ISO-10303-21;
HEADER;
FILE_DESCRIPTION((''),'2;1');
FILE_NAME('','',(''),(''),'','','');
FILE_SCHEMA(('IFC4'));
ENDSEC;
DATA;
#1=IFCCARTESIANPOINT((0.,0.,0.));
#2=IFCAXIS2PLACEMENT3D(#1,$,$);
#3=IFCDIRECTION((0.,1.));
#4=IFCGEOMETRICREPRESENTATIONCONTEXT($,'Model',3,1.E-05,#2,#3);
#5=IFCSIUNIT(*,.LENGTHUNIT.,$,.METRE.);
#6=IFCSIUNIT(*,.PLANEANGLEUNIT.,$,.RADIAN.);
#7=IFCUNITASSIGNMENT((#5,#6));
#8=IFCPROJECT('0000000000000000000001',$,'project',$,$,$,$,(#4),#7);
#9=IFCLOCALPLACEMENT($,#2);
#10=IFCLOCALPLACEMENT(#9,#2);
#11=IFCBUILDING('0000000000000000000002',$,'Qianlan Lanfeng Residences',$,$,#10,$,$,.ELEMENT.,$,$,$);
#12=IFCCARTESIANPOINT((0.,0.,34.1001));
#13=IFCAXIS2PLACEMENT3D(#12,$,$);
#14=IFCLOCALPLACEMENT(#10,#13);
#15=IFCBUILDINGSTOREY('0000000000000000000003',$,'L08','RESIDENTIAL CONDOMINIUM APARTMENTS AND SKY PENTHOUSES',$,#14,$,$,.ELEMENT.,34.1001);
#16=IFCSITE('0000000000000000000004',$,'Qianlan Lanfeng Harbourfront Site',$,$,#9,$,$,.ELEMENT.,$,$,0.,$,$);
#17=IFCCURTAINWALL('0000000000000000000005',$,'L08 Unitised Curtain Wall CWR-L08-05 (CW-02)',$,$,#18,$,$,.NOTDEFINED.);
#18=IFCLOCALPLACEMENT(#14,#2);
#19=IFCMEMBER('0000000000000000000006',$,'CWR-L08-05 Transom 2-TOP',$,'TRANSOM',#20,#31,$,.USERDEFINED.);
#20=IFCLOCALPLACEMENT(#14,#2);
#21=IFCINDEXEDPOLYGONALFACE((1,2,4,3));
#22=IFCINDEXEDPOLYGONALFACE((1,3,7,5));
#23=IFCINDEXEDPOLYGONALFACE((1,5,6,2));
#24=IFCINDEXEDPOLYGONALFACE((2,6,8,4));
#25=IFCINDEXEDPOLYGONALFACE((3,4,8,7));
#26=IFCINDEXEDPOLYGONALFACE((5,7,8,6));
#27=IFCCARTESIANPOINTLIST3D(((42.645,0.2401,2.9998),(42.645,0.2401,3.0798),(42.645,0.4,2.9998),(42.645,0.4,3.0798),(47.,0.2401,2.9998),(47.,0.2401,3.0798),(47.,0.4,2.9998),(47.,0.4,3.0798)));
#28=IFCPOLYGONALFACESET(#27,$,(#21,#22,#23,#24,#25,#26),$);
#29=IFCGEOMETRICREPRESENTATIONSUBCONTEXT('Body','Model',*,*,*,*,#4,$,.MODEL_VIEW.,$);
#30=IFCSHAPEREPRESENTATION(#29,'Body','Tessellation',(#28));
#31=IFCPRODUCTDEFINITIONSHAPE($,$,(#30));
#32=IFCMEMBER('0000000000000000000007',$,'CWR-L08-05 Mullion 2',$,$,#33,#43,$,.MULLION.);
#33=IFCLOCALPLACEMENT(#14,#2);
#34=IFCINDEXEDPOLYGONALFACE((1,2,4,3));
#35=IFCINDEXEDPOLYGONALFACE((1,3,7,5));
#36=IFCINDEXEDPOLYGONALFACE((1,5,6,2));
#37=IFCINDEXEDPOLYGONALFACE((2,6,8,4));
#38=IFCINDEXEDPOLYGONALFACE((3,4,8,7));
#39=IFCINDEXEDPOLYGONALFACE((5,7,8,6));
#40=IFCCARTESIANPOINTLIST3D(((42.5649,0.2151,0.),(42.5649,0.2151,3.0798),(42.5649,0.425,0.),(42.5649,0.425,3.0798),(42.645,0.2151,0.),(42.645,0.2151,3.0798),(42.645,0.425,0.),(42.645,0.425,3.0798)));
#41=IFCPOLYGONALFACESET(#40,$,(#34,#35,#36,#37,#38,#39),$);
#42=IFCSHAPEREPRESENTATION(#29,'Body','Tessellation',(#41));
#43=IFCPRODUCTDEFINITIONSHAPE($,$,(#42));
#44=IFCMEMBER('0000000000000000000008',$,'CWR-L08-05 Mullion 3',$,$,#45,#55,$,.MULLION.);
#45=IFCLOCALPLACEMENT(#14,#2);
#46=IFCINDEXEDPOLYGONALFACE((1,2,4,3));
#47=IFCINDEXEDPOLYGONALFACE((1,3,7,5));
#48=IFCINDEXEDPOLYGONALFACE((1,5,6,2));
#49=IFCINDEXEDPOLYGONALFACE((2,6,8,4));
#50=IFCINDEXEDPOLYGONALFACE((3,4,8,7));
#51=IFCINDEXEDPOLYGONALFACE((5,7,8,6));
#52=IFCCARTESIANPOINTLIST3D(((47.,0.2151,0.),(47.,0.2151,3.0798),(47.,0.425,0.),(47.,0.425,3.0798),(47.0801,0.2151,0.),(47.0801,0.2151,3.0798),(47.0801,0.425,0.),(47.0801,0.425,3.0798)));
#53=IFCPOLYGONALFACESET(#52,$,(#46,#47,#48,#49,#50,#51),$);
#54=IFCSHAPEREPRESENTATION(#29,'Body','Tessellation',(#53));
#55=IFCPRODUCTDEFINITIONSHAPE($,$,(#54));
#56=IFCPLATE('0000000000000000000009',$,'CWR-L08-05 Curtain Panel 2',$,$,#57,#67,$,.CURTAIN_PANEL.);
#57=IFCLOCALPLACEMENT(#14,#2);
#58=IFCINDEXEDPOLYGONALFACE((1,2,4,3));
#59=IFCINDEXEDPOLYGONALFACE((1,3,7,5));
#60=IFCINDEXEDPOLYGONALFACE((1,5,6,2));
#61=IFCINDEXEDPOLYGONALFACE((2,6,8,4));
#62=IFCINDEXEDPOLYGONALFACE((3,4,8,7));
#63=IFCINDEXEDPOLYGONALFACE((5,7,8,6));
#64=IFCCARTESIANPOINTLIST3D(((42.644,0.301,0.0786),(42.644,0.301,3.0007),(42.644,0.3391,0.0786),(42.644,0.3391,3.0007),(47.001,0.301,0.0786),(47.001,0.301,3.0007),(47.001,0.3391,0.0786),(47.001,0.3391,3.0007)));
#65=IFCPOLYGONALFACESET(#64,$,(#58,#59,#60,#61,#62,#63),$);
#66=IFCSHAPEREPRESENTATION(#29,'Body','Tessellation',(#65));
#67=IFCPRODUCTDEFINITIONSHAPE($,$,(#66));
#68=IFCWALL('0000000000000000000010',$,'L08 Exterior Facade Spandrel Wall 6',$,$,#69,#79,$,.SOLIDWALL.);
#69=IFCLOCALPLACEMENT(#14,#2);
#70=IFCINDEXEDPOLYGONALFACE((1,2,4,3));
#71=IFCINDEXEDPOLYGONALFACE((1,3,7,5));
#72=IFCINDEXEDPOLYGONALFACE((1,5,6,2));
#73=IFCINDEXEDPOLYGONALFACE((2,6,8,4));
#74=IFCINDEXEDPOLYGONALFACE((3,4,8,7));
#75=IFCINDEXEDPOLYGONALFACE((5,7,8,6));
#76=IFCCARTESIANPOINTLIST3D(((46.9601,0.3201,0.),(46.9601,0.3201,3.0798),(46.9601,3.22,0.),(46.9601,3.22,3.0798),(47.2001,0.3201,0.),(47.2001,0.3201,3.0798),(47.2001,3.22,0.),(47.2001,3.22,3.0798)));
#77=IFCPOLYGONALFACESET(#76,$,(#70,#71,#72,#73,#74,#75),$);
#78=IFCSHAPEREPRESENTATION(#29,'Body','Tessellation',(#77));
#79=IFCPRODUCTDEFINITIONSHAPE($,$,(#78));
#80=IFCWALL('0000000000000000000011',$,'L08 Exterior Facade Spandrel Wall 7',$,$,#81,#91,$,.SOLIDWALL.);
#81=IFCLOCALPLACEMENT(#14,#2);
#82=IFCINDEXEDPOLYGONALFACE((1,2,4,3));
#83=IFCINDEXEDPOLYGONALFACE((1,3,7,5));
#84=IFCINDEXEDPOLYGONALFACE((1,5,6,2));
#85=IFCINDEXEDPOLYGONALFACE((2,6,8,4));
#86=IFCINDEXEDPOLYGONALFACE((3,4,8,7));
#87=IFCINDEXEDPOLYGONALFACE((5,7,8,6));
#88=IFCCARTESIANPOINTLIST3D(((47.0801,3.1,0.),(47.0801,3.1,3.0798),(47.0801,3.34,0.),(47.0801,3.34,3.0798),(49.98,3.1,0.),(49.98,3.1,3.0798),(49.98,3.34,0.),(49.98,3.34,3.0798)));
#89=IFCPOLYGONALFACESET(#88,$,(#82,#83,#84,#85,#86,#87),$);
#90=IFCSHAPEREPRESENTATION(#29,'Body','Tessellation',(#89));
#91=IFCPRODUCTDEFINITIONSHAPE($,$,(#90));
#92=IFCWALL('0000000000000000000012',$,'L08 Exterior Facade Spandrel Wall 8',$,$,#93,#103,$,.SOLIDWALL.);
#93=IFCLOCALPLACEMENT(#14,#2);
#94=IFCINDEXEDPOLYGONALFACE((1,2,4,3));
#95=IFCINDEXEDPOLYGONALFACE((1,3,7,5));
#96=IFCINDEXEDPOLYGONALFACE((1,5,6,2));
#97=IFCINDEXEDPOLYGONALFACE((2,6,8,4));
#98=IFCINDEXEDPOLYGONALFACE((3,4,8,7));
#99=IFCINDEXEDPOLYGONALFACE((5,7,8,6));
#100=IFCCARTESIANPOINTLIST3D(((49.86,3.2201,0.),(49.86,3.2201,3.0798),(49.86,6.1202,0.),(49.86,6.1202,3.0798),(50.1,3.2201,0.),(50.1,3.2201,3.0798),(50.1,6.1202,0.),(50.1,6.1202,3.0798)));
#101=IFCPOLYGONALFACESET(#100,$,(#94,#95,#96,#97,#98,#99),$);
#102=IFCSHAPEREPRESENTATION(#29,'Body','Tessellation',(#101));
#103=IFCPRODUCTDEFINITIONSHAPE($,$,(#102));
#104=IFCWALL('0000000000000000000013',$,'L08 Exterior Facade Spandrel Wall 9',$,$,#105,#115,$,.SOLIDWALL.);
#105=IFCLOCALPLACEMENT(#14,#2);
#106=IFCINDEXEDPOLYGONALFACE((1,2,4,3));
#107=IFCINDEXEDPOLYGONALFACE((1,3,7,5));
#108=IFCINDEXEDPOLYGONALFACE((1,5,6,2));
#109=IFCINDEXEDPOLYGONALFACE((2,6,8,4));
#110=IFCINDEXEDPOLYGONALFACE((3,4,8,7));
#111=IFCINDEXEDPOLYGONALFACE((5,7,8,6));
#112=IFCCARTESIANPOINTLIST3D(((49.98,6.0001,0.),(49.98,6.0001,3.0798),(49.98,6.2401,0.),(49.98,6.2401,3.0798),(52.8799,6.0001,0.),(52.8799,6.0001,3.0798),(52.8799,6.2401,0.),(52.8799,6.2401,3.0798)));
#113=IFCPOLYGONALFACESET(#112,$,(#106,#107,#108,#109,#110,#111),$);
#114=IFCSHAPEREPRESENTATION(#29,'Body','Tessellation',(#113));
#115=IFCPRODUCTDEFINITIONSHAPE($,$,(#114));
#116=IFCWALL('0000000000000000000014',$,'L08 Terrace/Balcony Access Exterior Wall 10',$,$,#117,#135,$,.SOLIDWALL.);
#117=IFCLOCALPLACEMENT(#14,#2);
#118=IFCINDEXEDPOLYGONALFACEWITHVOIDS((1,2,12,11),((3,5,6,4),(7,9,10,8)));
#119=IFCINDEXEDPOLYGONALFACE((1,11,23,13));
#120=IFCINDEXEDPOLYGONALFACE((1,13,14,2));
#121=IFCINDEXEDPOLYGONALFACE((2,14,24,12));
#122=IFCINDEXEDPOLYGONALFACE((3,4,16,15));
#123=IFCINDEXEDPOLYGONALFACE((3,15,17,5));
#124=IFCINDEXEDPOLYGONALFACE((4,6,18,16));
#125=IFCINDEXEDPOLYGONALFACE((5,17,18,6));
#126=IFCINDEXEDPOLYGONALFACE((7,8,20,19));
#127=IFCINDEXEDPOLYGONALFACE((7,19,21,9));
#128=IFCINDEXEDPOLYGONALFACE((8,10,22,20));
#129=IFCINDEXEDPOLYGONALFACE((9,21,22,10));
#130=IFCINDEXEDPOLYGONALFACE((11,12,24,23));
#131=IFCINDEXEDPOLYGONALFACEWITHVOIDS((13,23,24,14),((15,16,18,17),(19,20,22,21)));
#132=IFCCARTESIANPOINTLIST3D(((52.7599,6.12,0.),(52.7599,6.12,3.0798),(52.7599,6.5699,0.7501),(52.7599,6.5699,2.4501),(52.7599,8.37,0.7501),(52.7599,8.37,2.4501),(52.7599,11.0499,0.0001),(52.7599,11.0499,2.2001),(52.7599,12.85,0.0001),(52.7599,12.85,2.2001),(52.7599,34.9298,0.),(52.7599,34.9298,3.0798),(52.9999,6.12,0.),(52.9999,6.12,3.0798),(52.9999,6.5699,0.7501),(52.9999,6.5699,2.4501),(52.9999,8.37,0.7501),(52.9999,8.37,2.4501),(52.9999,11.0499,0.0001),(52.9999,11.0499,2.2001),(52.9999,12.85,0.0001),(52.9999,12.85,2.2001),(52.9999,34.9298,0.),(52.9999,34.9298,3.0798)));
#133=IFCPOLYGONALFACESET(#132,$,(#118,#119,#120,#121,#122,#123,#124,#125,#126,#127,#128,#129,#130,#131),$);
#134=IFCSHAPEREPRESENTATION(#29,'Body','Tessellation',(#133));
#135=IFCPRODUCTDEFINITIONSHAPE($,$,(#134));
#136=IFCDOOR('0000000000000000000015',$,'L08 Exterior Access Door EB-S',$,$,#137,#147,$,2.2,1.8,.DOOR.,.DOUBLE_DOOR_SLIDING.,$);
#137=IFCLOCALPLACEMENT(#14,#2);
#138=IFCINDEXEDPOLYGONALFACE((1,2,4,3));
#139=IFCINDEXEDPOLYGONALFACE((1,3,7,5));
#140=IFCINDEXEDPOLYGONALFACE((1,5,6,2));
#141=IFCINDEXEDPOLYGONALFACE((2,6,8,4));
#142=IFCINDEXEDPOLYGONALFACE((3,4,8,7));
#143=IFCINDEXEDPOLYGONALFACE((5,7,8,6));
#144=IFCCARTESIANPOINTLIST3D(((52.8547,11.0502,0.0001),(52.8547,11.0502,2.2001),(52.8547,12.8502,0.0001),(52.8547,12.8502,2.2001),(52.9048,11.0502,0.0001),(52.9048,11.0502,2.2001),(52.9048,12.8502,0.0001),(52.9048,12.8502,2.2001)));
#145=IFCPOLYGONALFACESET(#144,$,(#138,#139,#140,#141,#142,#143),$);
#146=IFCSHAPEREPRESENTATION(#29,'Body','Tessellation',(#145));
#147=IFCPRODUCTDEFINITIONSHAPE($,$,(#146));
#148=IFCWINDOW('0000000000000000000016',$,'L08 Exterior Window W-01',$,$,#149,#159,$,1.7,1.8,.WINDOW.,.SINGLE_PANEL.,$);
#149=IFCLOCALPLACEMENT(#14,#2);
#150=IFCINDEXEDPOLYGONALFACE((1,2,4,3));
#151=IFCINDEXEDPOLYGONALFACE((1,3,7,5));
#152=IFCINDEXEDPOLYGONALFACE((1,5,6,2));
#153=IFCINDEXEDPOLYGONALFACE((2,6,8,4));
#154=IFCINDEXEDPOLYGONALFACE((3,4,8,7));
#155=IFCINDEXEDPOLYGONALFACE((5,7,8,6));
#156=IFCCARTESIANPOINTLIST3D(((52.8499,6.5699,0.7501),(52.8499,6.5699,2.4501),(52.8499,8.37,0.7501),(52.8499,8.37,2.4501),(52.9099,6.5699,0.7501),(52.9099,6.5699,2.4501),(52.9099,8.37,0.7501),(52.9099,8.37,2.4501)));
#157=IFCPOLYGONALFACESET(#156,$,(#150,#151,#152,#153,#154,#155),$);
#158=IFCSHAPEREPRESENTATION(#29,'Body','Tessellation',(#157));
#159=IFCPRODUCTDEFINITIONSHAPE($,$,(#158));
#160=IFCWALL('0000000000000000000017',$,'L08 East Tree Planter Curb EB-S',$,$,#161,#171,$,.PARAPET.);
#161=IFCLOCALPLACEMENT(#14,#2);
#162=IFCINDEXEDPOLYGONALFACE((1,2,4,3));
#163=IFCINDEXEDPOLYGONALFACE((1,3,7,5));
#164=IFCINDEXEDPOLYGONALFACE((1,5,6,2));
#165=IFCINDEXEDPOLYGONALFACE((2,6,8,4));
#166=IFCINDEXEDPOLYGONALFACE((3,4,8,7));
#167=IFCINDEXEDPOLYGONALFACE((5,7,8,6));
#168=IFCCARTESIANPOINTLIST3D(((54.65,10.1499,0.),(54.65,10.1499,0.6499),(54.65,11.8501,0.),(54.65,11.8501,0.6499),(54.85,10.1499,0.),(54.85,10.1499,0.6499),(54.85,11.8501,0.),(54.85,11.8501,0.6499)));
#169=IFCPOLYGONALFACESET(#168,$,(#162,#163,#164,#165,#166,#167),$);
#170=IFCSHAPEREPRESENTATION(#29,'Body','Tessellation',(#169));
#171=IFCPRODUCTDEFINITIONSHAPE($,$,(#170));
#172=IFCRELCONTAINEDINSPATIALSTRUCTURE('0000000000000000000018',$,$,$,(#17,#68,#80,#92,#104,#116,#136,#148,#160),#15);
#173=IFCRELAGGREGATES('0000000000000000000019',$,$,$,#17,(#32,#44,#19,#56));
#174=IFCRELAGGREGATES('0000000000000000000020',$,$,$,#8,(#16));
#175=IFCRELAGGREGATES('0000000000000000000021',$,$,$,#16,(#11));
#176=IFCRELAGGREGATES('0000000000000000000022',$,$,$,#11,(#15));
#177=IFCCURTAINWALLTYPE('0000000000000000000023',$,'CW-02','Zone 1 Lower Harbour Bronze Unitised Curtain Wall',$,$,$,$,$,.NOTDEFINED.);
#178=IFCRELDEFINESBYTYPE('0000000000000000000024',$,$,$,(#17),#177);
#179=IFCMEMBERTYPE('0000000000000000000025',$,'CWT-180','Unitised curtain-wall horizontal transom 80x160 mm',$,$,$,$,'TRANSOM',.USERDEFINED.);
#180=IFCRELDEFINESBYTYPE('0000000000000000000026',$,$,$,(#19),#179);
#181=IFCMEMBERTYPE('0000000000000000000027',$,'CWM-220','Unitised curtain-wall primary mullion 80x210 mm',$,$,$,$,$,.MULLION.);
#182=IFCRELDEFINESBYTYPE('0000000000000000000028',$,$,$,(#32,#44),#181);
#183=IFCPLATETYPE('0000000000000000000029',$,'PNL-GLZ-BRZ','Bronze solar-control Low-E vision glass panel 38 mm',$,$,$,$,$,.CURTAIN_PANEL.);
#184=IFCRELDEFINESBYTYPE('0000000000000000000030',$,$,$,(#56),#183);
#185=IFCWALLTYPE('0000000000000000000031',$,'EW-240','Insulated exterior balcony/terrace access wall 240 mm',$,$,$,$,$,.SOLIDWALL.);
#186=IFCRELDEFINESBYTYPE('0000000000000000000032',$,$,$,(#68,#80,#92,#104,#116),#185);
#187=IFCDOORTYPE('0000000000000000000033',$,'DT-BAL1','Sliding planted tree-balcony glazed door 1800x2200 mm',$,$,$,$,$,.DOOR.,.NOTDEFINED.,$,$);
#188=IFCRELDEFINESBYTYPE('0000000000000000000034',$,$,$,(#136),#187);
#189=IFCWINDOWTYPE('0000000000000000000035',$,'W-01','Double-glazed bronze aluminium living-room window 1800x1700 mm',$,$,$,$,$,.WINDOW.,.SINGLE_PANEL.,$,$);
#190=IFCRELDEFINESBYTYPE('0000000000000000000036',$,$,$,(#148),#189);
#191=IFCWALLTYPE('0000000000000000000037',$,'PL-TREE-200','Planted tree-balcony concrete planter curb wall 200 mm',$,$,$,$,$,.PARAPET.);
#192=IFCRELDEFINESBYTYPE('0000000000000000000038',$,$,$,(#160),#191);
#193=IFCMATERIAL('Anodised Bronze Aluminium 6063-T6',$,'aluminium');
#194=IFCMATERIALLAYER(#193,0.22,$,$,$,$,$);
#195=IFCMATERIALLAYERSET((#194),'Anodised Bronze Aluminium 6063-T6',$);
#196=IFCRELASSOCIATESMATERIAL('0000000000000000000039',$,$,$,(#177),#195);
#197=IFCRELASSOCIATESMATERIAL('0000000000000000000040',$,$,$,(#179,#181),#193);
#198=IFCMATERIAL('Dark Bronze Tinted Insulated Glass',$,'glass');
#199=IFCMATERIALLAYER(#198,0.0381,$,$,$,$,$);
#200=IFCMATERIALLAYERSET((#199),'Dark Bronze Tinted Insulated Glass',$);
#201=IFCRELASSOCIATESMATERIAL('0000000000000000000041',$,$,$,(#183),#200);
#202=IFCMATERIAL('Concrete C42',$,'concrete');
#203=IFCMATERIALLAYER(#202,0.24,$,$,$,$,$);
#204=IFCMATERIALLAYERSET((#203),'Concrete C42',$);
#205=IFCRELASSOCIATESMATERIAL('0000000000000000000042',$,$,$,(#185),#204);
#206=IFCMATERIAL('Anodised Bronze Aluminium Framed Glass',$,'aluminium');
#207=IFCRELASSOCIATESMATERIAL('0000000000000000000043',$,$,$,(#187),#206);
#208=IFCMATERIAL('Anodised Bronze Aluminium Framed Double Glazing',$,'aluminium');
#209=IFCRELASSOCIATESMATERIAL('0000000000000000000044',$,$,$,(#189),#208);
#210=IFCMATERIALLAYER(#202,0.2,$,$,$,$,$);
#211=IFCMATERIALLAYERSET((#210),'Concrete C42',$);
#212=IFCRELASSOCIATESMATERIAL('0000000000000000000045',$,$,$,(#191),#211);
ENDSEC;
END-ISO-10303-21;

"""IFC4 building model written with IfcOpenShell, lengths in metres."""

from ifc_helpers import new_model, si_unit, direction, frame, frame_2d, origin, origin_2d, place, context, subcontext, project, spatial, rectangle, extrude, source, transform, mapped, material, layer, layer_set, material_profile, profile_set, type_object, element, fill, aggregate, save


model = new_model("IFC4")

# Units and contexts
model_context = context("Model", 3, precision=1e-05, world=origin(), true_north=direction((0.0, 1.0)))
body_context = subcontext(model_context, "Body", "Model", "MODEL_VIEW")
ifc_project = project(units=[si_unit("LENGTHUNIT", "METRE"), si_unit("PLANEANGLEUNIT", "RADIAN")], contexts=[model_context])

# Site, building, storey
site_placement = place(None, origin())
site = spatial("IfcSite", under=ifc_project, at=site_placement, Name="Qianlan Lanfeng Harbourfront Site", CompositionType="ELEMENT", RefElevation=0.0)
building_placement = place(site_placement, origin())
building = spatial("IfcBuilding", under=site, at=building_placement, Name="Qianlan Lanfeng Residences", CompositionType="ELEMENT")
storey_placement = place(building_placement, frame((0.0, 0.0, 34.1001)))
storey = spatial("IfcBuildingStorey", under=building, at=storey_placement, Name="L08", Description="RESIDENTIAL CONDOMINIUM APARTMENTS AND SKY PENTHOUSES", CompositionType="ELEMENT", Elevation=34.1001)

# Curtain wall, members, plate
ifc_material_1 = material(Name="Anodised Bronze Aluminium 6063-T6", Category="aluminium")
ifc_layer_1 = layer(ifc_material_1, 0.22)
ifc_layer_set_1 = layer_set([ifc_layer_1], Name="Anodised Bronze Aluminium 6063-T6")
curtain_wall_type = type_object("IfcCurtainWallType", Name="CW-02", Description="Zone 1 Lower Harbour Bronze Unitised Curtain Wall", PredefinedType="NOTDEFINED", material=ifc_layer_set_1)
curtain_wall_placement = place(storey_placement, origin())
curtain_wall = element("IfcCurtainWall", 1, at=curtain_wall_placement, inside=storey, type_object=curtain_wall_type, Name="L08 Unitised Curtain Wall CWR-L08-05 (CW-02)", PredefinedType="NOTDEFINED")
ifc_material_profile_1 = material_profile(ifc_material_1, rectangle(XDim=0.0801, YDim=0.1599, at=origin_2d()), Name="ALU TRANSOM 80x160")
ifc_profile_set_1 = profile_set([ifc_material_profile_1], Name="Anodised Bronze Aluminium 6063-T6")
member_type_1 = type_object("IfcMemberType", Name="CWT-180", Description="Unitised curtain-wall horizontal transom 80x160 mm", ElementType="TRANSOM", PredefinedType="USERDEFINED", material=ifc_profile_set_1)
shared_shape_1 = source(origin(), body_context, "Body", "SweptSolid", [
    extrude(rectangle(XDim=0.0801, YDim=0.1599, at=origin_2d()), origin(), (0.0, 0.0, 1.0), 4.355),
])
member_1_placement = place(storey_placement, frame((42.645, 0.3201, 3.0398), z_axis=(1.0, 0.0, 0.0), x_axis=(0.0, 0.0, 1.0)))
member_1 = element("IfcMember", 2, at=member_1_placement, type_object=member_type_1, Name="CWR-L08-05 Transom 2-TOP", ObjectType="TRANSOM", PredefinedType="USERDEFINED", context=body_context, shape_type="MappedRepresentation", body=[
    mapped(shared_shape_1, transform((0.0, 0.0, 0.0), scale=1.0)),
])
ifc_material_profile_2 = material_profile(ifc_material_1, rectangle(XDim=0.0801, YDim=0.21, at=origin_2d()), Name="ALU MULLION 80x210")
ifc_profile_set_2 = profile_set([ifc_material_profile_2], Name="Anodised Bronze Aluminium 6063-T6")
member_type_2 = type_object("IfcMemberType", Name="CWM-220", Description="Unitised curtain-wall primary mullion 80x210 mm", PredefinedType="MULLION", material=ifc_profile_set_2)
shared_shape_2 = source(origin(), body_context, "Body", "SweptSolid", [
    extrude(rectangle(XDim=0.0801, YDim=0.21, at=origin_2d()), origin(), (0.0, 0.0, 1.0), 3.0798),
])
member_2_placement = place(storey_placement, frame((42.605, 0.3201, 0.0), z_axis=(0.0, 0.0, 1.0), x_axis=(1.0, 0.0, 0.0)))
member_2 = element("IfcMember", 3, at=member_2_placement, type_object=member_type_2, Name="CWR-L08-05 Mullion 2", PredefinedType="MULLION", context=body_context, shape_type="MappedRepresentation", body=[
    mapped(shared_shape_2, transform((0.0, 0.0, 0.0), scale=1.0)),
])
member_3_placement = place(storey_placement, frame((47.04, 0.3201, 0.0), z_axis=(0.0, 0.0, 1.0), x_axis=(1.0, 0.0, 0.0)))
member_3 = element("IfcMember", 4, at=member_3_placement, type_object=member_type_2, Name="CWR-L08-05 Mullion 3", PredefinedType="MULLION", context=body_context, shape_type="MappedRepresentation", body=[
    mapped(shared_shape_2, transform((0.0, 0.0, 0.0), scale=1.0)),
])
ifc_material_2 = material(Name="Dark Bronze Tinted Insulated Glass", Category="glass")
ifc_layer_2 = layer(ifc_material_2, 0.0381)
ifc_layer_set_2 = layer_set([ifc_layer_2], Name="Dark Bronze Tinted Insulated Glass")
plate_type = type_object("IfcPlateType", Name="PNL-GLZ-BRZ", Description="Bronze solar-control Low-E vision glass panel 38 mm", PredefinedType="CURTAIN_PANEL", material=ifc_layer_set_2)
shared_shape_3 = source(origin(), body_context, "Body", "SweptSolid", [
    extrude(rectangle(XDim=4.3569, YDim=0.0381, at=origin_2d()), origin(), (0.0, 0.0, 1.0), 2.9221),
])
plate_placement = place(storey_placement, frame((44.8225, 0.3201, 0.0786), z_axis=(0.0, 0.0, 1.0), x_axis=(1.0, 0.0, 0.0)))
plate = element("IfcPlate", 5, at=plate_placement, type_object=plate_type, Name="CWR-L08-05 Curtain Panel 2", PredefinedType="CURTAIN_PANEL", context=body_context, shape_type="MappedRepresentation", body=[
    mapped(shared_shape_3, transform((0.0, 0.0, 0.0), scale=1.0)),
])
aggregate(curtain_wall, [member_2, member_3, member_1, plate])

# Walls
ifc_material_3 = material(Name="Concrete C42", Category="concrete")
ifc_layer_3 = layer(ifc_material_3, 0.24)
ifc_layer_set_3 = layer_set([ifc_layer_3], Name="Concrete C42")
wall_type_1 = type_object("IfcWallType", Name="EW-240", Description="Insulated exterior balcony/terrace access wall 240 mm", PredefinedType="SOLIDWALL", material=ifc_layer_set_3)
for number, where, z_axis, x_axis, name in (
    (6, (47.0801, 0.3201, 0.0), (0.0, 0.0, 1.0), (0.0, 1.0, 0.0), "L08 Exterior Facade Spandrel Wall 6"),
    (7, (47.0801, 3.22, 0.0), (0.0, 0.0, 1.0), (1.0, 0.0, 0.0), "L08 Exterior Facade Spandrel Wall 7"),
):
    element("IfcWall", number, at=place(storey_placement, frame(where, z_axis=z_axis, x_axis=x_axis)), inside=storey, type_object=wall_type_1, Name=name, PredefinedType="SOLIDWALL", context=body_context, shape_type="SweptSolid", body=[
        extrude(rectangle(XDim=2.8999, YDim=0.24, at=frame_2d((1.45, 0.0))), origin(), (0.0, 0.0, 1.0), 3.0798),
    ])
wall_1_placement = place(storey_placement, frame((49.98, 3.22, 0.0), z_axis=(0.0, 0.0, 1.0), x_axis=(0.0, 1.0, 0.0)))
element("IfcWall", 8, at=wall_1_placement, inside=storey, type_object=wall_type_1, Name="L08 Exterior Facade Spandrel Wall 8", PredefinedType="SOLIDWALL", context=body_context, shape_type="SweptSolid", body=[
    extrude(rectangle(XDim=2.9001, YDim=0.24, at=frame_2d((1.4502, 0.0))), origin(), (0.0, 0.0, 1.0), 3.0798),
])
wall_2_placement = place(storey_placement, frame((49.98, 6.1201, 0.0), z_axis=(0.0, 0.0, 1.0), x_axis=(1.0, 0.0, 0.0)))
element("IfcWall", 9, at=wall_2_placement, inside=storey, type_object=wall_type_1, Name="L08 Exterior Facade Spandrel Wall 9", PredefinedType="SOLIDWALL", context=body_context, shape_type="SweptSolid", body=[
    extrude(rectangle(XDim=2.8999, YDim=0.24, at=frame_2d((1.45, 0.0))), origin(), (0.0, 0.0, 1.0), 3.0798),
])

# Wall, openings, door, window
wall_3_placement = place(storey_placement, frame((52.8799, 6.1201, 0.0), z_axis=(0.0, 0.0, 1.0), x_axis=(0.0, 1.0, 0.0)))
wall_3 = element("IfcWall", 10, at=wall_3_placement, inside=storey, type_object=wall_type_1, Name="L08 Terrace/Balcony Access Exterior Wall 10", PredefinedType="SOLIDWALL", context=body_context, shape_type="SweptSolid", body=[
    extrude(rectangle(XDim=28.8098, YDim=0.24, at=frame_2d((14.4048, 0.0))), origin(), (0.0, 0.0, 1.0), 3.0798),
])
opening_1_placement = place(wall_3_placement, frame((4.9299, 0.0, 0.0)))
opening_1 = element("IfcOpeningElement", 11, at=opening_1_placement, cuts=wall_3, PredefinedType="OPENING", context=body_context, shape_type="SweptSolid", body=[
    extrude(rectangle(XDim=1.8, YDim=2.2, at=frame_2d((0.8999, 1.1001))), frame((0.0, 0.1299, 0.0), z_axis=(0.0, -1.0, 0.0), x_axis=(1.0, 0.0, 0.0)), (0.0, 0.0, 1.0), 0.26),
])
opening_2_placement = place(wall_3_placement, frame((0.45, 0.0, 0.75)))
opening_2 = element("IfcOpeningElement", 12, at=opening_2_placement, cuts=wall_3, PredefinedType="OPENING", context=body_context, shape_type="SweptSolid", body=[
    extrude(rectangle(XDim=1.8, YDim=1.7, at=frame_2d((0.8999, 0.8501))), frame((0.0, 0.1299, 0.0), z_axis=(0.0, -1.0, 0.0), x_axis=(1.0, 0.0, 0.0)), (0.0, 0.0, 1.0), 0.26),
])
ifc_material_4 = material(Name="Anodised Bronze Aluminium Framed Glass", Category="aluminium")
door_type = type_object("IfcDoorType", Name="DT-BAL1", Description="Sliding planted tree-balcony glazed door 1800x2200 mm", OperationType="NOTDEFINED", PredefinedType="DOOR", material=ifc_material_4)
door_placement = place(opening_1_placement, frame((1.8, 0.0, 0.0), z_axis=(0.0, 0.0, 1.0), x_axis=(-1.0, 0.0, 0.0)))
door = element("IfcDoor", 13, at=door_placement, inside=storey, type_object=door_type, Name="L08 Exterior Access Door EB-S", OperationType="DOUBLE_DOOR_SLIDING", OverallHeight=2.2, OverallWidth=1.8, PredefinedType="DOOR", context=body_context, shape_type="SweptSolid", body=[
    extrude(rectangle(XDim=1.8, YDim=2.2, at=frame_2d((0.8999, 1.1001))), frame((0.0, 0.0249, 0.0), z_axis=(0.0, -1.0, 0.0), x_axis=(1.0, 0.0, 0.0)), (0.0, 0.0, 1.0), 0.05),
])
fill(opening_1, door)
ifc_material_5 = material(Name="Anodised Bronze Aluminium Framed Double Glazing", Category="aluminium")
window_type = type_object("IfcWindowType", Name="W-01", Description="Double-glazed bronze aluminium living-room window 1800x1700 mm", PartitioningType="SINGLE_PANEL", PredefinedType="WINDOW", material=ifc_material_5)
window_placement = place(opening_2_placement, origin())
window = element("IfcWindow", 14, at=window_placement, inside=storey, type_object=window_type, Name="L08 Exterior Window W-01", OverallHeight=1.7, OverallWidth=1.8, PartitioningType="SINGLE_PANEL", PredefinedType="WINDOW", context=body_context, shape_type="SweptSolid", body=[
    extrude(rectangle(XDim=1.8, YDim=1.7, at=frame_2d((0.8999, 0.8501))), frame((0.0, 0.03, 0.0), z_axis=(0.0, -1.0, 0.0), x_axis=(1.0, 0.0, 0.0)), (0.0, 0.0, 1.0), 0.0601),
])
fill(opening_2, window)

# Wall
ifc_layer_4 = layer(ifc_material_3, 0.2)
ifc_layer_set_4 = layer_set([ifc_layer_4], Name="Concrete C42")
wall_type_2 = type_object("IfcWallType", Name="PL-TREE-200", Description="Planted tree-balcony concrete planter curb wall 200 mm", PredefinedType="PARAPET", material=ifc_layer_set_4)
wall_4_placement = place(storey_placement, frame((54.75, 10.1499, 0.0), z_axis=(0.0, 0.0, 1.0), x_axis=(0.0, 1.0, 0.0)))
element("IfcWall", 15, at=wall_4_placement, inside=storey, type_object=wall_type_2, Name="L08 East Tree Planter Curb EB-S", PredefinedType="PARAPET", context=body_context, shape_type="SweptSolid", body=[
    extrude(rectangle(XDim=1.7002, YDim=0.2, at=frame_2d((0.8501, 0.0))), origin(), (0.0, 0.0, 1.0), 0.6499),
])

save(model, "model.ifc")
